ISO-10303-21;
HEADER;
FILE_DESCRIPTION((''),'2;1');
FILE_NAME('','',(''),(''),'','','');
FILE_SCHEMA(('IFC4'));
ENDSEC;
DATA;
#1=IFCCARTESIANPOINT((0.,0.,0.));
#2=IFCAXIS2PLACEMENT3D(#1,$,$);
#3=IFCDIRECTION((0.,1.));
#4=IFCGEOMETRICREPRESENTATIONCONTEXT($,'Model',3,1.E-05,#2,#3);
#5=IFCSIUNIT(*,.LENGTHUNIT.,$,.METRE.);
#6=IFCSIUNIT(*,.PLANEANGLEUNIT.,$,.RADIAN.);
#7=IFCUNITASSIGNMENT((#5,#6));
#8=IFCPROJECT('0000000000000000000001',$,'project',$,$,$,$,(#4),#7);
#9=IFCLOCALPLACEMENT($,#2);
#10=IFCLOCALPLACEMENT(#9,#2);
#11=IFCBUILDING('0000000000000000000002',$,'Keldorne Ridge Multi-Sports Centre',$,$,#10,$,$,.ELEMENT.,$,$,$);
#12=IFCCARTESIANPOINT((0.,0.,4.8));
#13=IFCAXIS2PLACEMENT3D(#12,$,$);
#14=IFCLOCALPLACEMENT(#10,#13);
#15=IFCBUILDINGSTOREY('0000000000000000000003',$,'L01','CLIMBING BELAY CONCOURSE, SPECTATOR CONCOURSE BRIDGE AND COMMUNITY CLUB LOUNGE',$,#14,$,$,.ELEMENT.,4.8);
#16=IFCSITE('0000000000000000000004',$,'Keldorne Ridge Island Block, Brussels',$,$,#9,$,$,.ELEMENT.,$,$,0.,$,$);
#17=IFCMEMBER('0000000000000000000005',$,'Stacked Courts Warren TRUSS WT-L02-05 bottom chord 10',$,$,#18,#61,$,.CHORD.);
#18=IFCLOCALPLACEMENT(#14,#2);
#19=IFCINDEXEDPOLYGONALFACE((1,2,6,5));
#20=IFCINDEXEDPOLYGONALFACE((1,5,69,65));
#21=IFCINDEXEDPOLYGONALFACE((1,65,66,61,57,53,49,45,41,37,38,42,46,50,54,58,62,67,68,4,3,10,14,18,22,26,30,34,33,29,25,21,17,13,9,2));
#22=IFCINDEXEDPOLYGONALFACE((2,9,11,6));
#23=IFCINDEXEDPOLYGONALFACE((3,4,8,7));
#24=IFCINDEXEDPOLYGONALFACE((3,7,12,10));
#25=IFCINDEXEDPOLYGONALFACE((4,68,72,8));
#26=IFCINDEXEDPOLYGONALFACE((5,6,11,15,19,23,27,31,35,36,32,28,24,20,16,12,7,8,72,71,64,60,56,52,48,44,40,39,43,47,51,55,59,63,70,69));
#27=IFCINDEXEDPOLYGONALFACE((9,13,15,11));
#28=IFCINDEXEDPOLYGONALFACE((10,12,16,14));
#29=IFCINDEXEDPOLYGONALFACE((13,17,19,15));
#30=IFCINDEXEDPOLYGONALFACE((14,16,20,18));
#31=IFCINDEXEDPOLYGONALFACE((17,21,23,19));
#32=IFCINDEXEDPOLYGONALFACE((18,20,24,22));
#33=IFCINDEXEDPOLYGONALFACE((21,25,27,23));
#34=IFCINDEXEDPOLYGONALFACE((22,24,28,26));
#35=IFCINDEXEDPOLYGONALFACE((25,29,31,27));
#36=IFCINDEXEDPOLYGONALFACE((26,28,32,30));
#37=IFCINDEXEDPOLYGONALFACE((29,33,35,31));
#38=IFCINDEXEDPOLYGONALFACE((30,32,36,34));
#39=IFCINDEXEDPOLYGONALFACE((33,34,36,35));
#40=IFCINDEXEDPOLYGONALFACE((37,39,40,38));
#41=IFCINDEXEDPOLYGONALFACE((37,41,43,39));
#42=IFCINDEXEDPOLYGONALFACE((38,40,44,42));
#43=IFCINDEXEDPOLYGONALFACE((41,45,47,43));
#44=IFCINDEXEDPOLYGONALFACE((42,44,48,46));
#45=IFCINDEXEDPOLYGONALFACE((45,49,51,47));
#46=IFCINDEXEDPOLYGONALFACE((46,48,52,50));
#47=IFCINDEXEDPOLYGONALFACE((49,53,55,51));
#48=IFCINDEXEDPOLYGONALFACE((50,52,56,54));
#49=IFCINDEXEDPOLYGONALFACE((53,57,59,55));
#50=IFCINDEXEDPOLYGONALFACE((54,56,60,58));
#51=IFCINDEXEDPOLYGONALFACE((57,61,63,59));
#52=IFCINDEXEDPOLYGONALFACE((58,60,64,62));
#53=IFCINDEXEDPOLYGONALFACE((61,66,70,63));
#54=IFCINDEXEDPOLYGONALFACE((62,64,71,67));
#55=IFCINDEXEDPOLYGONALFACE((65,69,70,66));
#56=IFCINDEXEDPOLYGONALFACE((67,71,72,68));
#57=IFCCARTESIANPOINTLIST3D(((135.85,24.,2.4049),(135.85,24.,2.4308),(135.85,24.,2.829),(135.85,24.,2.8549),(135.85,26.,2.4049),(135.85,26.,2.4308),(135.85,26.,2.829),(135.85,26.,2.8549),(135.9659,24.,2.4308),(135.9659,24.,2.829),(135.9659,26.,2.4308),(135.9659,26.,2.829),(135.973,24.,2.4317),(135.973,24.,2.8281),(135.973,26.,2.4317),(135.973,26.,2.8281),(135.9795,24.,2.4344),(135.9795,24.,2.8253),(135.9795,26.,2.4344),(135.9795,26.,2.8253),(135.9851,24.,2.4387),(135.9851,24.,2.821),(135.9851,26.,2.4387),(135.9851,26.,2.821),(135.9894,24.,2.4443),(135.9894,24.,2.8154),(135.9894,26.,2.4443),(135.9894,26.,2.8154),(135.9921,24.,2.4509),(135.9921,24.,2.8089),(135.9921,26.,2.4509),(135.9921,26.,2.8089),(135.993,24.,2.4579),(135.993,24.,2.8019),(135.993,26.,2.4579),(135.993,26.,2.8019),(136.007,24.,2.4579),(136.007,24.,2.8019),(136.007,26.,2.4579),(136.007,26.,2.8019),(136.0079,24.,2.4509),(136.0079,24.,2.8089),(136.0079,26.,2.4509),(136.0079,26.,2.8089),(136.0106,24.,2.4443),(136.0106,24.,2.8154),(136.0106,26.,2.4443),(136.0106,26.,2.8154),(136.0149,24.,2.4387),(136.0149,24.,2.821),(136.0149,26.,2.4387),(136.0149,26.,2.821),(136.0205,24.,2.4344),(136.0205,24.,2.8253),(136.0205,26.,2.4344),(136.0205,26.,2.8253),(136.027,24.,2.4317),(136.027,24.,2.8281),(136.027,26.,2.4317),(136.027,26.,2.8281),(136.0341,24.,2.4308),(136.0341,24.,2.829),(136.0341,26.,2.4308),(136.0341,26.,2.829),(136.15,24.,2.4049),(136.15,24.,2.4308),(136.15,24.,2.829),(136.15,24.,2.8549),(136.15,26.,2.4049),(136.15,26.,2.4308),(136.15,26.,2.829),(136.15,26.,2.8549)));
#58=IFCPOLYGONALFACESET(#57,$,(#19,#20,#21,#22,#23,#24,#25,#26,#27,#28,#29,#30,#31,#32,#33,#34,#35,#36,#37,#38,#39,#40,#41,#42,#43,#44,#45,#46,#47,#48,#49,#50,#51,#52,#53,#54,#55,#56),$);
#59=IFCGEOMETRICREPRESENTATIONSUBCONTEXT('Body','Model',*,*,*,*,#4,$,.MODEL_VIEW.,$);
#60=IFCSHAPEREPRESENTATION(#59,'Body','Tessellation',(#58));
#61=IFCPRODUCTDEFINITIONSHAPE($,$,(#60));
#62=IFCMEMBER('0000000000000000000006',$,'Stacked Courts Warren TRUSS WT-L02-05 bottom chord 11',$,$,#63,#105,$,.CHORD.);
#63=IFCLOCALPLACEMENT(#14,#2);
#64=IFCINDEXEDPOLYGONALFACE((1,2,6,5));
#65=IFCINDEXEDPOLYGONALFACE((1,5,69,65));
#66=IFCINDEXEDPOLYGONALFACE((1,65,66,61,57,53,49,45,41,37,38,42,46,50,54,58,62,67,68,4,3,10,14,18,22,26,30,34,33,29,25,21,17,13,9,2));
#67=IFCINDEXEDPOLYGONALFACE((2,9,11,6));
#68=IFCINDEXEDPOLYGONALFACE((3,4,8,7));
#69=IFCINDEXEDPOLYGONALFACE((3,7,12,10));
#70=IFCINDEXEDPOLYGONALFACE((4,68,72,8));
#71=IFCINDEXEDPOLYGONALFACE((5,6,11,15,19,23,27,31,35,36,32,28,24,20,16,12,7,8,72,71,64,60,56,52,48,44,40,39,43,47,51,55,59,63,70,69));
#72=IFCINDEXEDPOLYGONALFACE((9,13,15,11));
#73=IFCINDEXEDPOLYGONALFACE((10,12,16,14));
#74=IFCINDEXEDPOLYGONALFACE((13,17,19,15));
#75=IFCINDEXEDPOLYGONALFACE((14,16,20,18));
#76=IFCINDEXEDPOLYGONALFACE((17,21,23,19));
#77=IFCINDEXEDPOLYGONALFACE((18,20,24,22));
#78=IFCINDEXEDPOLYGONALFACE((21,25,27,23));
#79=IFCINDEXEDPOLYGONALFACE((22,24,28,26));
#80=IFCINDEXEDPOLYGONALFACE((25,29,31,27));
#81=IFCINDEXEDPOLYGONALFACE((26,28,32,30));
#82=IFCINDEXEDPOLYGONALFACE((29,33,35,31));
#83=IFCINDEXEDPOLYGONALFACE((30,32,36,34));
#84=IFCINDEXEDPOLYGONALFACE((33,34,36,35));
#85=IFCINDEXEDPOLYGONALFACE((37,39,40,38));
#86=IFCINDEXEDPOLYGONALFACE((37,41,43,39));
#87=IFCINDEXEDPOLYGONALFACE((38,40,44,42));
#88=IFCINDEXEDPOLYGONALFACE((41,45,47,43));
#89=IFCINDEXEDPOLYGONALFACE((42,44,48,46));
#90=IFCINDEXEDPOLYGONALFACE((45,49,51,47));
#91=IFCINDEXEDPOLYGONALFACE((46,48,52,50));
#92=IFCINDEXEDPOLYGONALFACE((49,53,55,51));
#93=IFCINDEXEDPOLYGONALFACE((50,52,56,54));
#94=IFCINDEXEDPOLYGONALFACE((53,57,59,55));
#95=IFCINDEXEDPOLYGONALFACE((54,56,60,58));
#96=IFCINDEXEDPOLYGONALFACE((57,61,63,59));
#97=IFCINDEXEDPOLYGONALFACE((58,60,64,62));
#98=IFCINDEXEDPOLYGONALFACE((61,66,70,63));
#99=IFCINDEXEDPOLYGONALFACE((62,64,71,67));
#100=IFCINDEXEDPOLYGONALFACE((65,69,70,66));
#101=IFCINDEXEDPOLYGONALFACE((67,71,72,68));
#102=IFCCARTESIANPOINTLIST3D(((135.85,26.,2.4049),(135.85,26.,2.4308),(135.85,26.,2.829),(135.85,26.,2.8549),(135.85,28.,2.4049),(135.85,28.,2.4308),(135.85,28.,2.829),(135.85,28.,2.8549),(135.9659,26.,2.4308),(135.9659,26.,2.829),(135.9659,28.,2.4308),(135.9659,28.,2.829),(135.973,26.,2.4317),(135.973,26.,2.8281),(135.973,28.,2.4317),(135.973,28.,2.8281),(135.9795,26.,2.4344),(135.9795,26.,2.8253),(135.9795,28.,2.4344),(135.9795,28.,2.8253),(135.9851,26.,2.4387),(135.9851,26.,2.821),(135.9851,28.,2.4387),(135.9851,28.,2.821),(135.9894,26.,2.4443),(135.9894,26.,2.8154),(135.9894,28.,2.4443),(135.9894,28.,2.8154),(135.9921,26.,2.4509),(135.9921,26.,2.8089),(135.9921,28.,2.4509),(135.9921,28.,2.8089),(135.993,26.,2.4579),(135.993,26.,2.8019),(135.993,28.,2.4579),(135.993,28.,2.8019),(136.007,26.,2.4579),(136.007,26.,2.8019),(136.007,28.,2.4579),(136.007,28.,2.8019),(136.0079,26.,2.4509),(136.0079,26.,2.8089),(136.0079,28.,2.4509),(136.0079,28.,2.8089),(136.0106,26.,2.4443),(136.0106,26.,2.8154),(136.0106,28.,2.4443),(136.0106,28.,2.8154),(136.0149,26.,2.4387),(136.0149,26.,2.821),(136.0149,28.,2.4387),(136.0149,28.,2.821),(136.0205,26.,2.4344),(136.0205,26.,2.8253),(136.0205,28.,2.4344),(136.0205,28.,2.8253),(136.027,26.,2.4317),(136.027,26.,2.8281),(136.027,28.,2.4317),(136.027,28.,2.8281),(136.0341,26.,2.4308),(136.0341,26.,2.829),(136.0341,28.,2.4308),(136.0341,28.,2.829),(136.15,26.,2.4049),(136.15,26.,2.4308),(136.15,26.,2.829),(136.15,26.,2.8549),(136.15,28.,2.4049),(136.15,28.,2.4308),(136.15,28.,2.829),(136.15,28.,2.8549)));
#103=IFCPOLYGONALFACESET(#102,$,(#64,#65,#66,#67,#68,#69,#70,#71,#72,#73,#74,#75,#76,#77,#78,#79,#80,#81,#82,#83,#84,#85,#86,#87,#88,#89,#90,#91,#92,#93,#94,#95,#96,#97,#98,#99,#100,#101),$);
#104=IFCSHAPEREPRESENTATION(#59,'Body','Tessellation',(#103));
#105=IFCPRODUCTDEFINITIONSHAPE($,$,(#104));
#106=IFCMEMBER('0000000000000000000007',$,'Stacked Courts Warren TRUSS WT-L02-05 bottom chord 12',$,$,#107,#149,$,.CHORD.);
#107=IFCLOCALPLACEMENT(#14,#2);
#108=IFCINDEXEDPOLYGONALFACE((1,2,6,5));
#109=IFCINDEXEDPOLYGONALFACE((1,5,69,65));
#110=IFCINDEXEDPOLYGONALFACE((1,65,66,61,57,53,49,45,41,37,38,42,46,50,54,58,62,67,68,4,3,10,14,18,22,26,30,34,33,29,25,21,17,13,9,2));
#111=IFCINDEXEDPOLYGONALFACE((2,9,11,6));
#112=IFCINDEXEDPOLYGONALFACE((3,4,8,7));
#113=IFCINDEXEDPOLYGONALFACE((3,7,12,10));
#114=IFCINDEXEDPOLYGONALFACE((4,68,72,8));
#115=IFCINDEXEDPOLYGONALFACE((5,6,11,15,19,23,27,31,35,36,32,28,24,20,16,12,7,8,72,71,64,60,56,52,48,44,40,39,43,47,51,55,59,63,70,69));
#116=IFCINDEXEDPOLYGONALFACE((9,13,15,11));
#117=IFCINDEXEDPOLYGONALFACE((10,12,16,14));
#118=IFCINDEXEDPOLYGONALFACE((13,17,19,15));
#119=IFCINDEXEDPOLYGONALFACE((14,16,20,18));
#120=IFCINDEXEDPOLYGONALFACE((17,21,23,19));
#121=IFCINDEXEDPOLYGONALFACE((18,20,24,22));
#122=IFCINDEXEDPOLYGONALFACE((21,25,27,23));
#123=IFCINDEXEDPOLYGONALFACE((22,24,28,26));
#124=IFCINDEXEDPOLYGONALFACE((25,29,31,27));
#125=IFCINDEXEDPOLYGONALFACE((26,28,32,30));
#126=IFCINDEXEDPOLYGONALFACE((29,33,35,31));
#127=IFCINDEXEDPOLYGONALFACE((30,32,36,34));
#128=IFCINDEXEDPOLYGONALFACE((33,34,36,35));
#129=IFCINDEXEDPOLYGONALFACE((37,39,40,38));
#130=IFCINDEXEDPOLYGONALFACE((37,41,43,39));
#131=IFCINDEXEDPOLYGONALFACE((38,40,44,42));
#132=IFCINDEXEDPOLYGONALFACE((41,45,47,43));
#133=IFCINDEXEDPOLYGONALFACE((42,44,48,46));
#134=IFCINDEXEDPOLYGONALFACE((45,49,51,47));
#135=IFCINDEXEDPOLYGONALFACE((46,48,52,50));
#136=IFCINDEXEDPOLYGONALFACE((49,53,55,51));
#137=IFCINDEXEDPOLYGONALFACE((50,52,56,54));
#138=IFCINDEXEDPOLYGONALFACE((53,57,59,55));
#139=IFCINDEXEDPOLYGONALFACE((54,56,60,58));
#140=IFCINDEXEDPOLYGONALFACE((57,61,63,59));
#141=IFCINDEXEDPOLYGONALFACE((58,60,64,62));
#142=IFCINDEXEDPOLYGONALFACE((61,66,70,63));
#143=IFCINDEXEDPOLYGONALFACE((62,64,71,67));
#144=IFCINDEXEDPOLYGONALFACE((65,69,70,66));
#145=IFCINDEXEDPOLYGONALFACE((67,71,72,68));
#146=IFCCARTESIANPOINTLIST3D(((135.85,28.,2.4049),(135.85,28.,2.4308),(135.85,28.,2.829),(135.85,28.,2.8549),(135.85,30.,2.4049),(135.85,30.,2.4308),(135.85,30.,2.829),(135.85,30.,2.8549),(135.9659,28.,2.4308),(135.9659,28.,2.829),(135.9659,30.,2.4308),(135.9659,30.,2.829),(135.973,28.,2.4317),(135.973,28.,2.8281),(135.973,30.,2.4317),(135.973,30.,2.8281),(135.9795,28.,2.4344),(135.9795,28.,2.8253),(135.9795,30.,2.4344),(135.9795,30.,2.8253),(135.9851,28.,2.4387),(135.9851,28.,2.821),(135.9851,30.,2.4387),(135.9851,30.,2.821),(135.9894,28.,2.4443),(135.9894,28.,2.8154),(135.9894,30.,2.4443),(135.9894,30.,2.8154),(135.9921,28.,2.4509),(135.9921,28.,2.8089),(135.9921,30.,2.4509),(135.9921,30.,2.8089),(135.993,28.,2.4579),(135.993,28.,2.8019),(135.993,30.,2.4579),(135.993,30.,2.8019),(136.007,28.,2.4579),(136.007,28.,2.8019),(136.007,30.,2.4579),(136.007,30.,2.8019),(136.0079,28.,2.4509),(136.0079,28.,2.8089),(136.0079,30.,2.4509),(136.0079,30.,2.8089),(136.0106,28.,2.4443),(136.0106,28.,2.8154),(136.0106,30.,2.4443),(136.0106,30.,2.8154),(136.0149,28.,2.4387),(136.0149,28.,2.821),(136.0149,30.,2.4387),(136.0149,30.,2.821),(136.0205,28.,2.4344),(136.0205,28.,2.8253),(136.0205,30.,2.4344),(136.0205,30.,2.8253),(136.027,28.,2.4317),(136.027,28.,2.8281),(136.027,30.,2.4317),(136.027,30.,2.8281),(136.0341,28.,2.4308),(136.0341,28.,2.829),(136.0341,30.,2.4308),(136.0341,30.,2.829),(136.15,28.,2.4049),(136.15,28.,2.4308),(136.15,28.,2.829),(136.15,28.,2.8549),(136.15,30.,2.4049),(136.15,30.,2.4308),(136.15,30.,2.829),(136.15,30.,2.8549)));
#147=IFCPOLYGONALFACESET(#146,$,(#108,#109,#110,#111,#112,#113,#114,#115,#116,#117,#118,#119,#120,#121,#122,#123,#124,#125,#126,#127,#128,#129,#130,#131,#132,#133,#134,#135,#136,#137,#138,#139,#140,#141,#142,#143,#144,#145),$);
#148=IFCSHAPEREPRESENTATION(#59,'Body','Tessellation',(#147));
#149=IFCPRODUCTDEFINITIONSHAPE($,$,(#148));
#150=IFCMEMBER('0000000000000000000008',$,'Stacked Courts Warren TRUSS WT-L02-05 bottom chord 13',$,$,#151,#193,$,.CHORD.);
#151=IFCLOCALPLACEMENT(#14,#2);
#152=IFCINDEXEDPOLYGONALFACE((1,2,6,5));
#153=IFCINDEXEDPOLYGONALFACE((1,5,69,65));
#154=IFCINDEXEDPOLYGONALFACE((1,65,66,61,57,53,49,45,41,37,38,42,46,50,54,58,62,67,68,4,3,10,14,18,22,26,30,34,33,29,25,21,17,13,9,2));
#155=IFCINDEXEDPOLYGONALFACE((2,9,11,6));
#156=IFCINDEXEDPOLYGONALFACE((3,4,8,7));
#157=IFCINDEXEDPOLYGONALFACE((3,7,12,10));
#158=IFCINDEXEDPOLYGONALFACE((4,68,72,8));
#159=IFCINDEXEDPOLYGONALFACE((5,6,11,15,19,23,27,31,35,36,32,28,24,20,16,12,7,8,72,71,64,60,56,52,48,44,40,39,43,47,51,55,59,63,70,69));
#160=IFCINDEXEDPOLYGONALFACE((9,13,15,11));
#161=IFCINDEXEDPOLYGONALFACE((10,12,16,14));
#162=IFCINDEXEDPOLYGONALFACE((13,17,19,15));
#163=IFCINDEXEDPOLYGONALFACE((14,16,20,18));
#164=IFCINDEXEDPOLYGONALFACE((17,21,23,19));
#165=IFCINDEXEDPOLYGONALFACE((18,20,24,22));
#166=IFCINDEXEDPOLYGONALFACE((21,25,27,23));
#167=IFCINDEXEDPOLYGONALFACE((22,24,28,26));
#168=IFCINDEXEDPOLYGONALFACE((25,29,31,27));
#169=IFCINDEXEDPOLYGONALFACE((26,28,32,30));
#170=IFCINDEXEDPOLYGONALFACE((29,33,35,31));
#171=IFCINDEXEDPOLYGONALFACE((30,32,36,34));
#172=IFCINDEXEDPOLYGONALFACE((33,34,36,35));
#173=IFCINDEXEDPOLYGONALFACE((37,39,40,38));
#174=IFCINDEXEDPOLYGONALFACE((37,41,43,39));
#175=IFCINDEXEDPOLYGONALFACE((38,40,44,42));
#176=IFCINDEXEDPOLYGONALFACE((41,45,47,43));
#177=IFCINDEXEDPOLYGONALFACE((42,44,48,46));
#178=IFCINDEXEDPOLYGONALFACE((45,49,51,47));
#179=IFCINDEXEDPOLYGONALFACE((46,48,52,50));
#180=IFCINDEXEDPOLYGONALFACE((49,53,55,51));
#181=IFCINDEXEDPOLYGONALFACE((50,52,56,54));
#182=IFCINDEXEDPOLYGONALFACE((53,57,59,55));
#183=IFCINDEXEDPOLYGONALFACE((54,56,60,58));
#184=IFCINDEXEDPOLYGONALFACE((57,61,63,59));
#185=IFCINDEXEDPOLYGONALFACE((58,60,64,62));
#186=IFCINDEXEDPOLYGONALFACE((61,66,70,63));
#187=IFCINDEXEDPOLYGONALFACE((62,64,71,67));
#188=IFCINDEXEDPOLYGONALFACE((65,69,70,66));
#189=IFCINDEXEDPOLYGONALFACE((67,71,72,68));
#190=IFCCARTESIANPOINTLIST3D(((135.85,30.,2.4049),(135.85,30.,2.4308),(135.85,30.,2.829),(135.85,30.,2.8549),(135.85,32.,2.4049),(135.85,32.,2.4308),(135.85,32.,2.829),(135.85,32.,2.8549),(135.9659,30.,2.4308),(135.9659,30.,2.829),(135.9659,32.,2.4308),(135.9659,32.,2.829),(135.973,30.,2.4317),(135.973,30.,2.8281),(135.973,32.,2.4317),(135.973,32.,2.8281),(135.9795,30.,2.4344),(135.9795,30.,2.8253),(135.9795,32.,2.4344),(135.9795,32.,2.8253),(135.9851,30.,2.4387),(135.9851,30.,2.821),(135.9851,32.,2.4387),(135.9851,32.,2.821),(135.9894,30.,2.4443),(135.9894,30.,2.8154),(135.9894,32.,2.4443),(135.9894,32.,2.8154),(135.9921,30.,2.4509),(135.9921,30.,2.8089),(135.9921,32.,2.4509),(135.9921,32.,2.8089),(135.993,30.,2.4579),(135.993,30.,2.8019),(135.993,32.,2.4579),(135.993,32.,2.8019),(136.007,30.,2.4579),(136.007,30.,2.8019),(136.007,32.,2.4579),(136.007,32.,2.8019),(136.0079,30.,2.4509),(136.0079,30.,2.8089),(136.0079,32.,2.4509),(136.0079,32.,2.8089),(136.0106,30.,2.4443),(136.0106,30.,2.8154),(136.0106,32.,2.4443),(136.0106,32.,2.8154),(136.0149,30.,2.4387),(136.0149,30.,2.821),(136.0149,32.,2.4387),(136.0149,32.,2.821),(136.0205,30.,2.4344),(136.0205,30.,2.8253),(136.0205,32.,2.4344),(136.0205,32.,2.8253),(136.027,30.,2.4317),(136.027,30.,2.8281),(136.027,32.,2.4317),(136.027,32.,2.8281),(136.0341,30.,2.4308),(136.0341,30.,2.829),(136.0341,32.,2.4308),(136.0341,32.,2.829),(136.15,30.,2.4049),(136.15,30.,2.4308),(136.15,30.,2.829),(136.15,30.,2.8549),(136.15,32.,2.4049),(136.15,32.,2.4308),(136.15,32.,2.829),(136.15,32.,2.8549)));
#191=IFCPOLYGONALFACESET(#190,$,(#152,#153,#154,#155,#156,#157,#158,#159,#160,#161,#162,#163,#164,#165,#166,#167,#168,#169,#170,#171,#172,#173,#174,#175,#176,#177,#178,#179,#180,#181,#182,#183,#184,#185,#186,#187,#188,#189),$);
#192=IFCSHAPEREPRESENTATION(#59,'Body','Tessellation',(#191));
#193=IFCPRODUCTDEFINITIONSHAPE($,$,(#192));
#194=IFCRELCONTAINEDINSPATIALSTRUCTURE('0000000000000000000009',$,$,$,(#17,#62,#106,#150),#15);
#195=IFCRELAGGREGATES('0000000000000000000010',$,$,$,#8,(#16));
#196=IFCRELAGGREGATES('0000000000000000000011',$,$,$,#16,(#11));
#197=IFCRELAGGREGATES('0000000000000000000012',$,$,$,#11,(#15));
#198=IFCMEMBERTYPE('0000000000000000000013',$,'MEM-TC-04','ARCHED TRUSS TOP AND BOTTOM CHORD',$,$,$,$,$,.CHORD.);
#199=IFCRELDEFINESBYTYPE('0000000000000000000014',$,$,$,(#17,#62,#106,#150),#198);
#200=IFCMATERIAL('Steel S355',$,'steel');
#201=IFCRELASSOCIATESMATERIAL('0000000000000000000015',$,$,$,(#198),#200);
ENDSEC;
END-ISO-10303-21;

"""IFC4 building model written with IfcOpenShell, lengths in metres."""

from ifc_helpers import new_model, si_unit, direction, frame, origin, origin_2d, place, context, subcontext, project, spatial, i_section, extrude, material, material_profile, profile_set, type_object, element, save


model = new_model("IFC4")

# Units and contexts
model_context = context("Model", 3, precision=1e-05, world=origin(), true_north=direction((0.0, 1.0)))
body_context = subcontext(model_context, "Body", "Model", "MODEL_VIEW")
ifc_project = project(units=[si_unit("LENGTHUNIT", "METRE"), si_unit("PLANEANGLEUNIT", "RADIAN")], contexts=[model_context])

# Site, building, storey
site_placement = place(None, origin())
site = spatial("IfcSite", under=ifc_project, at=site_placement, Name="Keldorne Ridge Island Block, Brussels", CompositionType="ELEMENT", RefElevation=0.0)
building_placement = place(site_placement, origin())
building = spatial("IfcBuilding", under=site, at=building_placement, Name="Keldorne Ridge Multi-Sports Centre", CompositionType="ELEMENT")
storey_placement = place(building_placement, frame((0.0, 0.0, 4.8)))
storey = spatial("IfcBuildingStorey", under=building, at=storey_placement, Name="L01", Description="CLIMBING BELAY CONCOURSE, SPECTATOR CONCOURSE BRIDGE AND COMMUNITY CLUB LOUNGE", CompositionType="ELEMENT", Elevation=4.8)

# Members
ifc_material = material(Name="Steel S355", Category="steel")
ifc_material_profile_1 = material_profile(ifc_material, i_section(OverallWidth=0.3, OverallDepth=0.45, WebThickness=0.0139, FlangeThickness=0.0259, FilletRadius=0.0271, at=origin_2d()), Name="HEB 450")
ifc_profile_set_1 = profile_set([ifc_material_profile_1], Name="Steel S355")
member_type_1 = type_object("IfcMemberType", Name="MEM-TC-04", Description="ARCHED TRUSS TOP AND BOTTOM CHORD", PredefinedType="CHORD", material=ifc_profile_set_1)
for number, where, z_axis, x_axis, name in (
    (1, (136.0, 24.0, 2.6299), (0.0, 1.0, 0.0), (-1.0, 0.0, 0.0), "Stacked Courts Warren TRUSS WT-L02-05 bottom chord 10"),
    (2, (136.0, 26.0, 2.6299), (0.0, 1.0, 0.0), (-1.0, 0.0, 0.0), "Stacked Courts Warren TRUSS WT-L02-05 bottom chord 11"),
    (3, (136.0, 28.0, 2.6299), (0.0, 1.0, 0.0), (-1.0, 0.0, 0.0), "Stacked Courts Warren TRUSS WT-L02-05 bottom chord 12"),
    (4, (136.0, 30.0, 2.6299), (0.0, 1.0, 0.0), (-1.0, 0.0, 0.0), "Stacked Courts Warren TRUSS WT-L02-05 bottom chord 13"),
):
    element("IfcMember", number, at=place(storey_placement, frame(where, z_axis=z_axis, x_axis=x_axis)), inside=storey, type_object=member_type_1, Name=name, PredefinedType="CHORD", context=body_context, shape_type="SweptSolid", body=[
        extrude(i_section(OverallWidth=0.3, OverallDepth=0.45, WebThickness=0.0139, FlangeThickness=0.0259, FilletRadius=0.0271, at=origin_2d()), origin(), (0.0, 0.0, 1.0), 2.0),
    ])

save(model, "model.ifc")
